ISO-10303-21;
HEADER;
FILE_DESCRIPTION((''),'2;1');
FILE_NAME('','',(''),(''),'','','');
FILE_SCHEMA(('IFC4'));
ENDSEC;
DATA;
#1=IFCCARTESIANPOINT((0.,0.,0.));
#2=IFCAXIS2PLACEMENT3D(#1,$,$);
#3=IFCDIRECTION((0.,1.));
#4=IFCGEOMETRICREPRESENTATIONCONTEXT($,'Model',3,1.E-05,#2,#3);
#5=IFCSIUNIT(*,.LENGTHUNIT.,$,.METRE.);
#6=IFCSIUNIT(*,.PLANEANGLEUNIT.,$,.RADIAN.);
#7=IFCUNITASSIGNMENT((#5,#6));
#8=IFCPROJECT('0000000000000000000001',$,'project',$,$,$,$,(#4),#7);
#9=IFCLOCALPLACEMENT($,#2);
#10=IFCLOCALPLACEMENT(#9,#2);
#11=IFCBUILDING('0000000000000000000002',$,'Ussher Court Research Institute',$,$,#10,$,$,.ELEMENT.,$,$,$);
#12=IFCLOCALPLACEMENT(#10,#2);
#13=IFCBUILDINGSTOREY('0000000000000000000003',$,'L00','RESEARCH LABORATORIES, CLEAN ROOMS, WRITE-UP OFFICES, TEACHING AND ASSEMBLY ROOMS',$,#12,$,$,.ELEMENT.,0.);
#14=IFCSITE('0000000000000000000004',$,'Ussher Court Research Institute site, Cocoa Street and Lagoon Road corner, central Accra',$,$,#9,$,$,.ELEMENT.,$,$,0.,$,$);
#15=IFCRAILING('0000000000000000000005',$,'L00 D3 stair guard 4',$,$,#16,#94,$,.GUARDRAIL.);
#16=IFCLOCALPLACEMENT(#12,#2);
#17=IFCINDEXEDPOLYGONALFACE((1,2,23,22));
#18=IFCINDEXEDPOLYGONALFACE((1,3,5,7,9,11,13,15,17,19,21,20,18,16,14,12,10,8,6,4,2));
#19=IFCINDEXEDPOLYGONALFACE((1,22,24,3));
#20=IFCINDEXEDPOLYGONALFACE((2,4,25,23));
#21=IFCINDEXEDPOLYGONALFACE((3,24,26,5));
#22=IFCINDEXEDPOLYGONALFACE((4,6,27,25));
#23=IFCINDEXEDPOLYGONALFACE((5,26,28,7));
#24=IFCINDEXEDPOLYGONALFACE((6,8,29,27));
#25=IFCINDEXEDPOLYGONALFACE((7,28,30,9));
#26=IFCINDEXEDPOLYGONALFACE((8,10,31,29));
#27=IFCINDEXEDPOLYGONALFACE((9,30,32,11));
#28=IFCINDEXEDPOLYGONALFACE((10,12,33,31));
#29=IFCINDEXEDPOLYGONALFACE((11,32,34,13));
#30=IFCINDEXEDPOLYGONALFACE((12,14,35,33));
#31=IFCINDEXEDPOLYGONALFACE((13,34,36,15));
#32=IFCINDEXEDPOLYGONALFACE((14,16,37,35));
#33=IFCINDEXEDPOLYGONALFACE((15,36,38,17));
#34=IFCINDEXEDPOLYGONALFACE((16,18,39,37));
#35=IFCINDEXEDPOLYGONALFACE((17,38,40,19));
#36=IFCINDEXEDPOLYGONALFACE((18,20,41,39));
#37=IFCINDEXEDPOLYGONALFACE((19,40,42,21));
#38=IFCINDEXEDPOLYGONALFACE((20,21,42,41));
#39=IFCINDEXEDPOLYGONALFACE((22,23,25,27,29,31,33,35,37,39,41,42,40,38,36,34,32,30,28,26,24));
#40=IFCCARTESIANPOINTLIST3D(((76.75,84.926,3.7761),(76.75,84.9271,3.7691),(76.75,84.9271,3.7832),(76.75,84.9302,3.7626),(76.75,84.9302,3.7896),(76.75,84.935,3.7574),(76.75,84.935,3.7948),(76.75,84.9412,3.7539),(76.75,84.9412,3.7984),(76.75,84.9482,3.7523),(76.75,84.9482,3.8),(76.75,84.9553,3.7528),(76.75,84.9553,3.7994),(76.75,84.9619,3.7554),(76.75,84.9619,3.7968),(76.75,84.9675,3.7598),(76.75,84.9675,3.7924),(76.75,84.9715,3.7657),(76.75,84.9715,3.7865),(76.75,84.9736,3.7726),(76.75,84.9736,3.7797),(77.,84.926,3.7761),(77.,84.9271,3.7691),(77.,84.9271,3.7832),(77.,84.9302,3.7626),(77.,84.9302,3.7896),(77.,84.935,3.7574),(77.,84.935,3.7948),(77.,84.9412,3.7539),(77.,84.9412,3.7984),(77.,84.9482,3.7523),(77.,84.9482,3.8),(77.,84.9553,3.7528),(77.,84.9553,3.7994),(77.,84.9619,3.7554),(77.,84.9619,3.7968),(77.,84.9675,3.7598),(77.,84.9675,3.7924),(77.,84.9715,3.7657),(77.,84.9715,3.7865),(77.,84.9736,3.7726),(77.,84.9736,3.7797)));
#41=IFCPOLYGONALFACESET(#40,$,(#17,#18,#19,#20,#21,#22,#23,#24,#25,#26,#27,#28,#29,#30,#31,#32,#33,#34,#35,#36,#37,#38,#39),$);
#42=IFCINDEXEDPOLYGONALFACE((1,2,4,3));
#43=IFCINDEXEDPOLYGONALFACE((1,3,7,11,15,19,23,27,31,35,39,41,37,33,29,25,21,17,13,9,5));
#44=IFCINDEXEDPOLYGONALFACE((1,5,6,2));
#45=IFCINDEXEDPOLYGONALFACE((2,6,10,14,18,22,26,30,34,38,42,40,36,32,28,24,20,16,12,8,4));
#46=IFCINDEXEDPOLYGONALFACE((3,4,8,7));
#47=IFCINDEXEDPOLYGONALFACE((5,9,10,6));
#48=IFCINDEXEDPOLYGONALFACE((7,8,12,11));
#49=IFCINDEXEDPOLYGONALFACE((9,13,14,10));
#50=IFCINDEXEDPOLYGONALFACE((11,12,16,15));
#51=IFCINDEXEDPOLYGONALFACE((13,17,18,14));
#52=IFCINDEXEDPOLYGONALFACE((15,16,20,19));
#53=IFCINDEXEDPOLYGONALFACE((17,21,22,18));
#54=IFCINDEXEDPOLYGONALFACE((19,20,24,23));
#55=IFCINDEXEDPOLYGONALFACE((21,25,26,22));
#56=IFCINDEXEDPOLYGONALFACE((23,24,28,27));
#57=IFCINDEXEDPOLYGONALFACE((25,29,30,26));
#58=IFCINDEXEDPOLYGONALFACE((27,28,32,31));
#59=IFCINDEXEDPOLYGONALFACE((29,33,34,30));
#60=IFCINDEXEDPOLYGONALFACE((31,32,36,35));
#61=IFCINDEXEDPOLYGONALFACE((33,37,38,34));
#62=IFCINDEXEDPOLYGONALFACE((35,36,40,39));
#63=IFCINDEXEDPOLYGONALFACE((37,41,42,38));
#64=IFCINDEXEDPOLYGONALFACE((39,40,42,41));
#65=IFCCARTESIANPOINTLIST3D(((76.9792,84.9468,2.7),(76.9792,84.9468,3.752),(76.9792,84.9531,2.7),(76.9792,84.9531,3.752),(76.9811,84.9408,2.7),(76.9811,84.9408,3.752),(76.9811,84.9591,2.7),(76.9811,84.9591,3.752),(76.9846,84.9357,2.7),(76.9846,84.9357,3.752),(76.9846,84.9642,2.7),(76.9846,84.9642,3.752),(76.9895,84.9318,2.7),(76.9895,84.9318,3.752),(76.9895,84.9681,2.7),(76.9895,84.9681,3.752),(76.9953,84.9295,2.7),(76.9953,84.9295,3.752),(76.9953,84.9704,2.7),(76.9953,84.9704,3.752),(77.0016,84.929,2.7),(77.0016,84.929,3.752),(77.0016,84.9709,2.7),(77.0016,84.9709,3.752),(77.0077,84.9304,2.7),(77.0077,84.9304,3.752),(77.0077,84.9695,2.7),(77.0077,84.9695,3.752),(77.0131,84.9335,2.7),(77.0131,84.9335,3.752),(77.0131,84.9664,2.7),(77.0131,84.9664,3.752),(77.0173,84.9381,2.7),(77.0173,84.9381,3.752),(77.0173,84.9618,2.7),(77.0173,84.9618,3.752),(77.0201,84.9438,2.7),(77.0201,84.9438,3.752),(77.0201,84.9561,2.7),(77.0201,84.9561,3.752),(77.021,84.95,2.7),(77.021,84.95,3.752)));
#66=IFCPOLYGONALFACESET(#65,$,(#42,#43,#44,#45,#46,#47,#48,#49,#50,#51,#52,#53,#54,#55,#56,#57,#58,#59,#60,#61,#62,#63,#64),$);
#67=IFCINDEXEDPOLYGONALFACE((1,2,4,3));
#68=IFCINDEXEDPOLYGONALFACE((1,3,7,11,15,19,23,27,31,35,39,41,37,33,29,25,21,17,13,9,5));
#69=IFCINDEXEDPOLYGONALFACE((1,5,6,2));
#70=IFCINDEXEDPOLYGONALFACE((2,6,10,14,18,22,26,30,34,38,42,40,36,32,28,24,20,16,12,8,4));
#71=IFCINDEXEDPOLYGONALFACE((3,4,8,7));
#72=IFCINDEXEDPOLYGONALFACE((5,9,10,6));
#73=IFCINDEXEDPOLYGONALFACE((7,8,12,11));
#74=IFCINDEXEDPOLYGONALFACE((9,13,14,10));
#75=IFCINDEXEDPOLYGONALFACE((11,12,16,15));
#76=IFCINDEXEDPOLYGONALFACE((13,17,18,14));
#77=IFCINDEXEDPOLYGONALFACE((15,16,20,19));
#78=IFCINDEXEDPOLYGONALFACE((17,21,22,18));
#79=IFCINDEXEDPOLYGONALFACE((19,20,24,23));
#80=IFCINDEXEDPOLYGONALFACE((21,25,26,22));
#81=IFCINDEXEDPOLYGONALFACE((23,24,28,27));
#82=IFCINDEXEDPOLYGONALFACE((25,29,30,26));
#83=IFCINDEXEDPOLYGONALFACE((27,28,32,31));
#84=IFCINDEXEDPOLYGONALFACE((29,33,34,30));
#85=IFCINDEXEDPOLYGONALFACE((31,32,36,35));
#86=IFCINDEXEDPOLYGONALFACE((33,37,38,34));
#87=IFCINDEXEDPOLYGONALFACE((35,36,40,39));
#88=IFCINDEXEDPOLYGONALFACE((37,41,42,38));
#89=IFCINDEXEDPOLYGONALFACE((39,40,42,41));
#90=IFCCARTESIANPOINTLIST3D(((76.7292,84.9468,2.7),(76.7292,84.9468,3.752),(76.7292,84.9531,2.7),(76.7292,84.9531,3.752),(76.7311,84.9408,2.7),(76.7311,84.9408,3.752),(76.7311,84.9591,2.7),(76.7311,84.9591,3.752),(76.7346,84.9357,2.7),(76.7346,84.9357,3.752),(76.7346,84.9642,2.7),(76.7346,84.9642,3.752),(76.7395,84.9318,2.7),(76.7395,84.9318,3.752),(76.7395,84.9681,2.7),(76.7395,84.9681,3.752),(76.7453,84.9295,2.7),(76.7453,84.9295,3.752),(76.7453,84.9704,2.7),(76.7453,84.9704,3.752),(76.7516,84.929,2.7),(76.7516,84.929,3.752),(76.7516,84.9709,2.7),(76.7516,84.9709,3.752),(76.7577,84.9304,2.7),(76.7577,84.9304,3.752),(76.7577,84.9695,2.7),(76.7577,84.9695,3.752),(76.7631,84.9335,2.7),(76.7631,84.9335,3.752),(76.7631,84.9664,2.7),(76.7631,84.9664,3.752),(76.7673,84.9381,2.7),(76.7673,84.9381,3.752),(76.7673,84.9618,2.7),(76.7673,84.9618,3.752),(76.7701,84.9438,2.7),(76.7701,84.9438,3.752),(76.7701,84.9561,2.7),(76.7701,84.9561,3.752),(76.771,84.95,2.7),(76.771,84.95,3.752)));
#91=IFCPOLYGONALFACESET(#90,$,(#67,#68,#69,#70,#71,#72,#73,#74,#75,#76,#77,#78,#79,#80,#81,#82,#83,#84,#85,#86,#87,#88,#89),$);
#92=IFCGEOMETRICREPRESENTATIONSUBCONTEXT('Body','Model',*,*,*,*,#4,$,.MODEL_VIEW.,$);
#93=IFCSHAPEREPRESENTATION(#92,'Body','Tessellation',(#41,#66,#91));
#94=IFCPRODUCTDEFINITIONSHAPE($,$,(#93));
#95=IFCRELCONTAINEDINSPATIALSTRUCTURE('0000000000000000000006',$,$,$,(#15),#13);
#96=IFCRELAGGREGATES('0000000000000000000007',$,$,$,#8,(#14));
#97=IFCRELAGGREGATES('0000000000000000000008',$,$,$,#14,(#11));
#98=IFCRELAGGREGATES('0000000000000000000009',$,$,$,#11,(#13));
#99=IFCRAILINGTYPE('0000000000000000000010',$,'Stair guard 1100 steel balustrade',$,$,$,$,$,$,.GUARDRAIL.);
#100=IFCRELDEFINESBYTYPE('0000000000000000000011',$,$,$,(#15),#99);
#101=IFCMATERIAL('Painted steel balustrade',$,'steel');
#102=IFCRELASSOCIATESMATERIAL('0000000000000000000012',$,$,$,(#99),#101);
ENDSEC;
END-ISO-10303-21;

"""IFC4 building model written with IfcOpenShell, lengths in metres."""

from ifc_helpers import new_model, si_unit, direction, frame, origin, origin_2d, place, context, subcontext, project, spatial, circle, extrude, material, type_object, element, save


model = new_model("IFC4")

# Units and contexts
model_context = context("Model", 3, precision=1e-05, world=origin(), true_north=direction((0.0, 1.0)))
body_context = subcontext(model_context, "Body", "Model", "MODEL_VIEW")
ifc_project = project(units=[si_unit("LENGTHUNIT", "METRE"), si_unit("PLANEANGLEUNIT", "RADIAN")], contexts=[model_context])

# Site, building, storey
site_placement = place(None, origin())
site = spatial("IfcSite", under=ifc_project, at=site_placement, Name="Ussher Court Research Institute site, Cocoa Street and Lagoon Road corner, central Accra", CompositionType="ELEMENT", RefElevation=0.0)
building_placement = place(site_placement, origin())
building = spatial("IfcBuilding", under=site, at=building_placement, Name="Ussher Court Research Institute", CompositionType="ELEMENT")
storey_placement = place(building_placement, origin())
storey = spatial("IfcBuildingStorey", under=building, at=storey_placement, Name="L00", Description="RESEARCH LABORATORIES, CLEAN ROOMS, WRITE-UP OFFICES, TEACHING AND ASSEMBLY ROOMS", CompositionType="ELEMENT", Elevation=0.0)

# Railing
ifc_material_1 = material(Name="Painted steel balustrade", Category="steel")
railing_type_1 = type_object("IfcRailingType", Name="Stair guard 1100 steel balustrade", PredefinedType="GUARDRAIL", material=ifc_material_1)
railing_1_placement = place(storey_placement, frame((77.0, 84.95, 2.7)))
element("IfcRailing", 1, at=railing_1_placement, inside=storey, type_object=railing_type_1, Name="L00 D3 stair guard 4", PredefinedType="GUARDRAIL", context=body_context, shape_type="SweptSolid", body=[
    extrude(circle(Radius=0.0239, at=origin_2d()), frame((0.0, 0.0, 1.0762), z_axis=(-1.0, 0.0, 0.0), x_axis=(0.0, -1.0, 0.0)), (0.0, 0.0, 1.0), 0.25),
    extrude(circle(Radius=0.021, at=origin_2d()), origin(), (0.0, 0.0, 1.0), 1.052),
    extrude(circle(Radius=0.021, at=origin_2d()), frame((-0.25, 0.0, 0.0)), (0.0, 0.0, 1.0), 1.052),
])

save(model, "model.ifc")
